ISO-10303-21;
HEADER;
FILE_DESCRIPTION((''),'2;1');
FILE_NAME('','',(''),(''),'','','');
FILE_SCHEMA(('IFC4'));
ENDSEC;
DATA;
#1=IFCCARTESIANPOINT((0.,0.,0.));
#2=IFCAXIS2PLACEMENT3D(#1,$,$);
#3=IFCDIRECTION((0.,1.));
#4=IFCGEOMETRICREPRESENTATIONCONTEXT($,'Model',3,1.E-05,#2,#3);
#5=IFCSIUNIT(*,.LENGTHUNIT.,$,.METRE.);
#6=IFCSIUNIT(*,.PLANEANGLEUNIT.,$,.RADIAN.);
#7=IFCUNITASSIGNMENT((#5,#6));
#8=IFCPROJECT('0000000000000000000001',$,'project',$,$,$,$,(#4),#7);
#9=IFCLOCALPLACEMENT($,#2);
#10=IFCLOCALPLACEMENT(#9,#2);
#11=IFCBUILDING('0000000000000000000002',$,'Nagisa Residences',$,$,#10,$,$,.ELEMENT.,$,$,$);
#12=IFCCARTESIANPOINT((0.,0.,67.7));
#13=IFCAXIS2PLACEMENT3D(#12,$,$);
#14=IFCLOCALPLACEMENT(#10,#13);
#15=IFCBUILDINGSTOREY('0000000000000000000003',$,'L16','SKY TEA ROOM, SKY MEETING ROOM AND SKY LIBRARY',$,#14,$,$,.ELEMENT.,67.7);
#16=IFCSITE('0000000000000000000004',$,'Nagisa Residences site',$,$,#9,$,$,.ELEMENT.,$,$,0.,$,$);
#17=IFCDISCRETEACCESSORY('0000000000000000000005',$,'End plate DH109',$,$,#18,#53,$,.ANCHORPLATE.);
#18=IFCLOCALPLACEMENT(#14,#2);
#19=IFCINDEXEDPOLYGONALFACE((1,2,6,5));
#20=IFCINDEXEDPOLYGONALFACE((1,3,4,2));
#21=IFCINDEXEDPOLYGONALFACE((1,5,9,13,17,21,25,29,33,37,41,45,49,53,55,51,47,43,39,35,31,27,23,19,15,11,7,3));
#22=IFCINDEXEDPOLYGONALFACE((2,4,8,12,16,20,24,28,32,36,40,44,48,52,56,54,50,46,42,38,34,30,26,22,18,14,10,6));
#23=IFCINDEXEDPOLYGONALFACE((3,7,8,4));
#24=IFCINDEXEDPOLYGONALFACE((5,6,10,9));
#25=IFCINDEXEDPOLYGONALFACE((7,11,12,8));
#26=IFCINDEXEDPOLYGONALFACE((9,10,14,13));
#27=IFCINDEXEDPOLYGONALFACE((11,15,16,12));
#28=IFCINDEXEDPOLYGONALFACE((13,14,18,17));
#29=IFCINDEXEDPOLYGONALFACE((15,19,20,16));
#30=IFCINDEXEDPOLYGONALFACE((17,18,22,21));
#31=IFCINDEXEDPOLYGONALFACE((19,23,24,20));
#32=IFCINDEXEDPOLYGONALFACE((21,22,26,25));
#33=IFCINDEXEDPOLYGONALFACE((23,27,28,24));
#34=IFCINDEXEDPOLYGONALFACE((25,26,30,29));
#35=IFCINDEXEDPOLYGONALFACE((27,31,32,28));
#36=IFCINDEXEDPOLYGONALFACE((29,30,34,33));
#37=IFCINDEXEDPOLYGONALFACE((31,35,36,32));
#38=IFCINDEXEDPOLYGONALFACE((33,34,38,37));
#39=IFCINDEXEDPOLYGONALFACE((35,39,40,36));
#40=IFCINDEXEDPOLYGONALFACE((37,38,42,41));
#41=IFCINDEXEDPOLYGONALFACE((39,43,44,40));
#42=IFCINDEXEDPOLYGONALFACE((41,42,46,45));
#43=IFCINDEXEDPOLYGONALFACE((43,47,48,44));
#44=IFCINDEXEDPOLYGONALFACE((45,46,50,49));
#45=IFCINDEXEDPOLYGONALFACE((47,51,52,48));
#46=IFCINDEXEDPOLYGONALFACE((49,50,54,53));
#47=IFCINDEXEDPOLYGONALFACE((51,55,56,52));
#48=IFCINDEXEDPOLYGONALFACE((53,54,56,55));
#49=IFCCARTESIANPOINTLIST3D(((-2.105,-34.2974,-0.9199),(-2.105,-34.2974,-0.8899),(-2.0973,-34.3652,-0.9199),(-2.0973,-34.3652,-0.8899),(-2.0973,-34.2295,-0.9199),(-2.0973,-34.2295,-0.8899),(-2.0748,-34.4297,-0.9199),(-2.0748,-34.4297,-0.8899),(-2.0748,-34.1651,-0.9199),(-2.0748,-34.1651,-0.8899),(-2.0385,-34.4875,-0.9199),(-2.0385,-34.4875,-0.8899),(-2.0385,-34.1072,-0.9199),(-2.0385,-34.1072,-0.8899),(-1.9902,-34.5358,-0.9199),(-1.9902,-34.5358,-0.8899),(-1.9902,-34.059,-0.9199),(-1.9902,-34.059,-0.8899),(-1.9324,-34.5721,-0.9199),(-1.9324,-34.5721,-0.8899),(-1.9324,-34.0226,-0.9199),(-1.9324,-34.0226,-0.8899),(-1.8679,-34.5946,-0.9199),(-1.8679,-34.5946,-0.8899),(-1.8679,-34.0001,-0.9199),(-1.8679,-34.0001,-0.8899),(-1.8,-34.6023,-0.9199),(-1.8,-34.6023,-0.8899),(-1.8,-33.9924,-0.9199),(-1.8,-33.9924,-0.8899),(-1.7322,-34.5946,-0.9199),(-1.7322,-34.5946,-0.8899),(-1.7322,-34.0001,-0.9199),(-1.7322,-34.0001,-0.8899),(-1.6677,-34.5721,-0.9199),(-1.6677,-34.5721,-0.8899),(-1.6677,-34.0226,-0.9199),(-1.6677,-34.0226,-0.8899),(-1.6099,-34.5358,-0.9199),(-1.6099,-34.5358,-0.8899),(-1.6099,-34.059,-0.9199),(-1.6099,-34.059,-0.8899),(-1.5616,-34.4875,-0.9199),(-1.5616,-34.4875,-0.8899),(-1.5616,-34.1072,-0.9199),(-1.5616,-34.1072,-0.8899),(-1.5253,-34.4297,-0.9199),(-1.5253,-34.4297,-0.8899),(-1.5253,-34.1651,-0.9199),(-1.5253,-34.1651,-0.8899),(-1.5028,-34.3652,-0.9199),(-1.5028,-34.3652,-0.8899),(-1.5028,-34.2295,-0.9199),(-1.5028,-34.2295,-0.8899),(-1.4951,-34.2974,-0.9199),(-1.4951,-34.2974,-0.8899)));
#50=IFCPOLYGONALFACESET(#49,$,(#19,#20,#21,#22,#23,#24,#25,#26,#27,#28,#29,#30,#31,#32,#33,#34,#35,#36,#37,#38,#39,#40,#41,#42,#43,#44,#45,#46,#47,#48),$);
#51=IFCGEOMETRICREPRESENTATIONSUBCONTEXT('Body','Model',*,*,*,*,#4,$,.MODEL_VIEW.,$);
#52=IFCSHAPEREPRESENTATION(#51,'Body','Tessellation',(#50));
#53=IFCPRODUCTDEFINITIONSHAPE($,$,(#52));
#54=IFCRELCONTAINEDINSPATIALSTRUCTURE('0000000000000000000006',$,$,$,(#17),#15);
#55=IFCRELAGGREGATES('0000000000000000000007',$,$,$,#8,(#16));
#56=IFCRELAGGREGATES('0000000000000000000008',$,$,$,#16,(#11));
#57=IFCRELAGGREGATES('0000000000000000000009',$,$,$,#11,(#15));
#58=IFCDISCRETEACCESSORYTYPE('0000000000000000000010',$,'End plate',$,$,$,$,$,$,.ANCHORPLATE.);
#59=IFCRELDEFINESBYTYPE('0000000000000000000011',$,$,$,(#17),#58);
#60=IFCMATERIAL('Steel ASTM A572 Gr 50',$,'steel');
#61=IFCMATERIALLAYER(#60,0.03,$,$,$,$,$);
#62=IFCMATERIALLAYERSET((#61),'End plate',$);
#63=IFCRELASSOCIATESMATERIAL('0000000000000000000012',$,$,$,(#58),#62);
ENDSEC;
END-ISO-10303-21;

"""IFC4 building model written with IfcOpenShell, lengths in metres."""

from ifc_helpers import new_model, si_unit, direction, frame, origin, origin_2d, place, context, subcontext, project, spatial, circle, extrude, material, layer, layer_set, type_object, element, save


model = new_model("IFC4")

# Units and contexts
model_context = context("Model", 3, precision=1e-05, world=origin(), true_north=direction((0.0, 1.0)))
body_context = subcontext(model_context, "Body", "Model", "MODEL_VIEW")
ifc_project = project(units=[si_unit("LENGTHUNIT", "METRE"), si_unit("PLANEANGLEUNIT", "RADIAN")], contexts=[model_context])

# Site, building, storey
site_placement = place(None, origin())
site = spatial("IfcSite", under=ifc_project, at=site_placement, Name="Nagisa Residences site", CompositionType="ELEMENT", RefElevation=0.0)
building_placement = place(site_placement, origin())
building = spatial("IfcBuilding", under=site, at=building_placement, Name="Nagisa Residences", CompositionType="ELEMENT")
storey_placement = place(building_placement, frame((0.0, 0.0, 67.7)))
storey = spatial("IfcBuildingStorey", under=building, at=storey_placement, Name="L16", Description="SKY TEA ROOM, SKY MEETING ROOM AND SKY LIBRARY", CompositionType="ELEMENT", Elevation=67.7)

# Discrete accessory
ifc_material_1 = material(Name="Steel ASTM A572 Gr 50", Category="steel")
ifc_layer_1 = layer(ifc_material_1, 0.03)
ifc_layer_set_1 = layer_set([ifc_layer_1], Name="End plate")
discrete_accessory_type = type_object("IfcDiscreteAccessoryType", Name="End plate", PredefinedType="ANCHORPLATE", material=ifc_layer_set_1)
discrete_accessory_placement = place(storey_placement, frame((-1.8, -34.2974, -0.8899), z_axis=(0.0, 0.0, -1.0), x_axis=(1.0, 0.0, 0.0)))
element("IfcDiscreteAccessory", 1, at=discrete_accessory_placement, inside=storey, type_object=discrete_accessory_type, Name="End plate DH109", PredefinedType="ANCHORPLATE", context=body_context, shape_type="SweptSolid", body=[
    extrude(circle(Radius=0.3049, at=origin_2d()), origin(), (0.0, 0.0, 1.0), 0.03),
])

save(model, "model.ifc")
